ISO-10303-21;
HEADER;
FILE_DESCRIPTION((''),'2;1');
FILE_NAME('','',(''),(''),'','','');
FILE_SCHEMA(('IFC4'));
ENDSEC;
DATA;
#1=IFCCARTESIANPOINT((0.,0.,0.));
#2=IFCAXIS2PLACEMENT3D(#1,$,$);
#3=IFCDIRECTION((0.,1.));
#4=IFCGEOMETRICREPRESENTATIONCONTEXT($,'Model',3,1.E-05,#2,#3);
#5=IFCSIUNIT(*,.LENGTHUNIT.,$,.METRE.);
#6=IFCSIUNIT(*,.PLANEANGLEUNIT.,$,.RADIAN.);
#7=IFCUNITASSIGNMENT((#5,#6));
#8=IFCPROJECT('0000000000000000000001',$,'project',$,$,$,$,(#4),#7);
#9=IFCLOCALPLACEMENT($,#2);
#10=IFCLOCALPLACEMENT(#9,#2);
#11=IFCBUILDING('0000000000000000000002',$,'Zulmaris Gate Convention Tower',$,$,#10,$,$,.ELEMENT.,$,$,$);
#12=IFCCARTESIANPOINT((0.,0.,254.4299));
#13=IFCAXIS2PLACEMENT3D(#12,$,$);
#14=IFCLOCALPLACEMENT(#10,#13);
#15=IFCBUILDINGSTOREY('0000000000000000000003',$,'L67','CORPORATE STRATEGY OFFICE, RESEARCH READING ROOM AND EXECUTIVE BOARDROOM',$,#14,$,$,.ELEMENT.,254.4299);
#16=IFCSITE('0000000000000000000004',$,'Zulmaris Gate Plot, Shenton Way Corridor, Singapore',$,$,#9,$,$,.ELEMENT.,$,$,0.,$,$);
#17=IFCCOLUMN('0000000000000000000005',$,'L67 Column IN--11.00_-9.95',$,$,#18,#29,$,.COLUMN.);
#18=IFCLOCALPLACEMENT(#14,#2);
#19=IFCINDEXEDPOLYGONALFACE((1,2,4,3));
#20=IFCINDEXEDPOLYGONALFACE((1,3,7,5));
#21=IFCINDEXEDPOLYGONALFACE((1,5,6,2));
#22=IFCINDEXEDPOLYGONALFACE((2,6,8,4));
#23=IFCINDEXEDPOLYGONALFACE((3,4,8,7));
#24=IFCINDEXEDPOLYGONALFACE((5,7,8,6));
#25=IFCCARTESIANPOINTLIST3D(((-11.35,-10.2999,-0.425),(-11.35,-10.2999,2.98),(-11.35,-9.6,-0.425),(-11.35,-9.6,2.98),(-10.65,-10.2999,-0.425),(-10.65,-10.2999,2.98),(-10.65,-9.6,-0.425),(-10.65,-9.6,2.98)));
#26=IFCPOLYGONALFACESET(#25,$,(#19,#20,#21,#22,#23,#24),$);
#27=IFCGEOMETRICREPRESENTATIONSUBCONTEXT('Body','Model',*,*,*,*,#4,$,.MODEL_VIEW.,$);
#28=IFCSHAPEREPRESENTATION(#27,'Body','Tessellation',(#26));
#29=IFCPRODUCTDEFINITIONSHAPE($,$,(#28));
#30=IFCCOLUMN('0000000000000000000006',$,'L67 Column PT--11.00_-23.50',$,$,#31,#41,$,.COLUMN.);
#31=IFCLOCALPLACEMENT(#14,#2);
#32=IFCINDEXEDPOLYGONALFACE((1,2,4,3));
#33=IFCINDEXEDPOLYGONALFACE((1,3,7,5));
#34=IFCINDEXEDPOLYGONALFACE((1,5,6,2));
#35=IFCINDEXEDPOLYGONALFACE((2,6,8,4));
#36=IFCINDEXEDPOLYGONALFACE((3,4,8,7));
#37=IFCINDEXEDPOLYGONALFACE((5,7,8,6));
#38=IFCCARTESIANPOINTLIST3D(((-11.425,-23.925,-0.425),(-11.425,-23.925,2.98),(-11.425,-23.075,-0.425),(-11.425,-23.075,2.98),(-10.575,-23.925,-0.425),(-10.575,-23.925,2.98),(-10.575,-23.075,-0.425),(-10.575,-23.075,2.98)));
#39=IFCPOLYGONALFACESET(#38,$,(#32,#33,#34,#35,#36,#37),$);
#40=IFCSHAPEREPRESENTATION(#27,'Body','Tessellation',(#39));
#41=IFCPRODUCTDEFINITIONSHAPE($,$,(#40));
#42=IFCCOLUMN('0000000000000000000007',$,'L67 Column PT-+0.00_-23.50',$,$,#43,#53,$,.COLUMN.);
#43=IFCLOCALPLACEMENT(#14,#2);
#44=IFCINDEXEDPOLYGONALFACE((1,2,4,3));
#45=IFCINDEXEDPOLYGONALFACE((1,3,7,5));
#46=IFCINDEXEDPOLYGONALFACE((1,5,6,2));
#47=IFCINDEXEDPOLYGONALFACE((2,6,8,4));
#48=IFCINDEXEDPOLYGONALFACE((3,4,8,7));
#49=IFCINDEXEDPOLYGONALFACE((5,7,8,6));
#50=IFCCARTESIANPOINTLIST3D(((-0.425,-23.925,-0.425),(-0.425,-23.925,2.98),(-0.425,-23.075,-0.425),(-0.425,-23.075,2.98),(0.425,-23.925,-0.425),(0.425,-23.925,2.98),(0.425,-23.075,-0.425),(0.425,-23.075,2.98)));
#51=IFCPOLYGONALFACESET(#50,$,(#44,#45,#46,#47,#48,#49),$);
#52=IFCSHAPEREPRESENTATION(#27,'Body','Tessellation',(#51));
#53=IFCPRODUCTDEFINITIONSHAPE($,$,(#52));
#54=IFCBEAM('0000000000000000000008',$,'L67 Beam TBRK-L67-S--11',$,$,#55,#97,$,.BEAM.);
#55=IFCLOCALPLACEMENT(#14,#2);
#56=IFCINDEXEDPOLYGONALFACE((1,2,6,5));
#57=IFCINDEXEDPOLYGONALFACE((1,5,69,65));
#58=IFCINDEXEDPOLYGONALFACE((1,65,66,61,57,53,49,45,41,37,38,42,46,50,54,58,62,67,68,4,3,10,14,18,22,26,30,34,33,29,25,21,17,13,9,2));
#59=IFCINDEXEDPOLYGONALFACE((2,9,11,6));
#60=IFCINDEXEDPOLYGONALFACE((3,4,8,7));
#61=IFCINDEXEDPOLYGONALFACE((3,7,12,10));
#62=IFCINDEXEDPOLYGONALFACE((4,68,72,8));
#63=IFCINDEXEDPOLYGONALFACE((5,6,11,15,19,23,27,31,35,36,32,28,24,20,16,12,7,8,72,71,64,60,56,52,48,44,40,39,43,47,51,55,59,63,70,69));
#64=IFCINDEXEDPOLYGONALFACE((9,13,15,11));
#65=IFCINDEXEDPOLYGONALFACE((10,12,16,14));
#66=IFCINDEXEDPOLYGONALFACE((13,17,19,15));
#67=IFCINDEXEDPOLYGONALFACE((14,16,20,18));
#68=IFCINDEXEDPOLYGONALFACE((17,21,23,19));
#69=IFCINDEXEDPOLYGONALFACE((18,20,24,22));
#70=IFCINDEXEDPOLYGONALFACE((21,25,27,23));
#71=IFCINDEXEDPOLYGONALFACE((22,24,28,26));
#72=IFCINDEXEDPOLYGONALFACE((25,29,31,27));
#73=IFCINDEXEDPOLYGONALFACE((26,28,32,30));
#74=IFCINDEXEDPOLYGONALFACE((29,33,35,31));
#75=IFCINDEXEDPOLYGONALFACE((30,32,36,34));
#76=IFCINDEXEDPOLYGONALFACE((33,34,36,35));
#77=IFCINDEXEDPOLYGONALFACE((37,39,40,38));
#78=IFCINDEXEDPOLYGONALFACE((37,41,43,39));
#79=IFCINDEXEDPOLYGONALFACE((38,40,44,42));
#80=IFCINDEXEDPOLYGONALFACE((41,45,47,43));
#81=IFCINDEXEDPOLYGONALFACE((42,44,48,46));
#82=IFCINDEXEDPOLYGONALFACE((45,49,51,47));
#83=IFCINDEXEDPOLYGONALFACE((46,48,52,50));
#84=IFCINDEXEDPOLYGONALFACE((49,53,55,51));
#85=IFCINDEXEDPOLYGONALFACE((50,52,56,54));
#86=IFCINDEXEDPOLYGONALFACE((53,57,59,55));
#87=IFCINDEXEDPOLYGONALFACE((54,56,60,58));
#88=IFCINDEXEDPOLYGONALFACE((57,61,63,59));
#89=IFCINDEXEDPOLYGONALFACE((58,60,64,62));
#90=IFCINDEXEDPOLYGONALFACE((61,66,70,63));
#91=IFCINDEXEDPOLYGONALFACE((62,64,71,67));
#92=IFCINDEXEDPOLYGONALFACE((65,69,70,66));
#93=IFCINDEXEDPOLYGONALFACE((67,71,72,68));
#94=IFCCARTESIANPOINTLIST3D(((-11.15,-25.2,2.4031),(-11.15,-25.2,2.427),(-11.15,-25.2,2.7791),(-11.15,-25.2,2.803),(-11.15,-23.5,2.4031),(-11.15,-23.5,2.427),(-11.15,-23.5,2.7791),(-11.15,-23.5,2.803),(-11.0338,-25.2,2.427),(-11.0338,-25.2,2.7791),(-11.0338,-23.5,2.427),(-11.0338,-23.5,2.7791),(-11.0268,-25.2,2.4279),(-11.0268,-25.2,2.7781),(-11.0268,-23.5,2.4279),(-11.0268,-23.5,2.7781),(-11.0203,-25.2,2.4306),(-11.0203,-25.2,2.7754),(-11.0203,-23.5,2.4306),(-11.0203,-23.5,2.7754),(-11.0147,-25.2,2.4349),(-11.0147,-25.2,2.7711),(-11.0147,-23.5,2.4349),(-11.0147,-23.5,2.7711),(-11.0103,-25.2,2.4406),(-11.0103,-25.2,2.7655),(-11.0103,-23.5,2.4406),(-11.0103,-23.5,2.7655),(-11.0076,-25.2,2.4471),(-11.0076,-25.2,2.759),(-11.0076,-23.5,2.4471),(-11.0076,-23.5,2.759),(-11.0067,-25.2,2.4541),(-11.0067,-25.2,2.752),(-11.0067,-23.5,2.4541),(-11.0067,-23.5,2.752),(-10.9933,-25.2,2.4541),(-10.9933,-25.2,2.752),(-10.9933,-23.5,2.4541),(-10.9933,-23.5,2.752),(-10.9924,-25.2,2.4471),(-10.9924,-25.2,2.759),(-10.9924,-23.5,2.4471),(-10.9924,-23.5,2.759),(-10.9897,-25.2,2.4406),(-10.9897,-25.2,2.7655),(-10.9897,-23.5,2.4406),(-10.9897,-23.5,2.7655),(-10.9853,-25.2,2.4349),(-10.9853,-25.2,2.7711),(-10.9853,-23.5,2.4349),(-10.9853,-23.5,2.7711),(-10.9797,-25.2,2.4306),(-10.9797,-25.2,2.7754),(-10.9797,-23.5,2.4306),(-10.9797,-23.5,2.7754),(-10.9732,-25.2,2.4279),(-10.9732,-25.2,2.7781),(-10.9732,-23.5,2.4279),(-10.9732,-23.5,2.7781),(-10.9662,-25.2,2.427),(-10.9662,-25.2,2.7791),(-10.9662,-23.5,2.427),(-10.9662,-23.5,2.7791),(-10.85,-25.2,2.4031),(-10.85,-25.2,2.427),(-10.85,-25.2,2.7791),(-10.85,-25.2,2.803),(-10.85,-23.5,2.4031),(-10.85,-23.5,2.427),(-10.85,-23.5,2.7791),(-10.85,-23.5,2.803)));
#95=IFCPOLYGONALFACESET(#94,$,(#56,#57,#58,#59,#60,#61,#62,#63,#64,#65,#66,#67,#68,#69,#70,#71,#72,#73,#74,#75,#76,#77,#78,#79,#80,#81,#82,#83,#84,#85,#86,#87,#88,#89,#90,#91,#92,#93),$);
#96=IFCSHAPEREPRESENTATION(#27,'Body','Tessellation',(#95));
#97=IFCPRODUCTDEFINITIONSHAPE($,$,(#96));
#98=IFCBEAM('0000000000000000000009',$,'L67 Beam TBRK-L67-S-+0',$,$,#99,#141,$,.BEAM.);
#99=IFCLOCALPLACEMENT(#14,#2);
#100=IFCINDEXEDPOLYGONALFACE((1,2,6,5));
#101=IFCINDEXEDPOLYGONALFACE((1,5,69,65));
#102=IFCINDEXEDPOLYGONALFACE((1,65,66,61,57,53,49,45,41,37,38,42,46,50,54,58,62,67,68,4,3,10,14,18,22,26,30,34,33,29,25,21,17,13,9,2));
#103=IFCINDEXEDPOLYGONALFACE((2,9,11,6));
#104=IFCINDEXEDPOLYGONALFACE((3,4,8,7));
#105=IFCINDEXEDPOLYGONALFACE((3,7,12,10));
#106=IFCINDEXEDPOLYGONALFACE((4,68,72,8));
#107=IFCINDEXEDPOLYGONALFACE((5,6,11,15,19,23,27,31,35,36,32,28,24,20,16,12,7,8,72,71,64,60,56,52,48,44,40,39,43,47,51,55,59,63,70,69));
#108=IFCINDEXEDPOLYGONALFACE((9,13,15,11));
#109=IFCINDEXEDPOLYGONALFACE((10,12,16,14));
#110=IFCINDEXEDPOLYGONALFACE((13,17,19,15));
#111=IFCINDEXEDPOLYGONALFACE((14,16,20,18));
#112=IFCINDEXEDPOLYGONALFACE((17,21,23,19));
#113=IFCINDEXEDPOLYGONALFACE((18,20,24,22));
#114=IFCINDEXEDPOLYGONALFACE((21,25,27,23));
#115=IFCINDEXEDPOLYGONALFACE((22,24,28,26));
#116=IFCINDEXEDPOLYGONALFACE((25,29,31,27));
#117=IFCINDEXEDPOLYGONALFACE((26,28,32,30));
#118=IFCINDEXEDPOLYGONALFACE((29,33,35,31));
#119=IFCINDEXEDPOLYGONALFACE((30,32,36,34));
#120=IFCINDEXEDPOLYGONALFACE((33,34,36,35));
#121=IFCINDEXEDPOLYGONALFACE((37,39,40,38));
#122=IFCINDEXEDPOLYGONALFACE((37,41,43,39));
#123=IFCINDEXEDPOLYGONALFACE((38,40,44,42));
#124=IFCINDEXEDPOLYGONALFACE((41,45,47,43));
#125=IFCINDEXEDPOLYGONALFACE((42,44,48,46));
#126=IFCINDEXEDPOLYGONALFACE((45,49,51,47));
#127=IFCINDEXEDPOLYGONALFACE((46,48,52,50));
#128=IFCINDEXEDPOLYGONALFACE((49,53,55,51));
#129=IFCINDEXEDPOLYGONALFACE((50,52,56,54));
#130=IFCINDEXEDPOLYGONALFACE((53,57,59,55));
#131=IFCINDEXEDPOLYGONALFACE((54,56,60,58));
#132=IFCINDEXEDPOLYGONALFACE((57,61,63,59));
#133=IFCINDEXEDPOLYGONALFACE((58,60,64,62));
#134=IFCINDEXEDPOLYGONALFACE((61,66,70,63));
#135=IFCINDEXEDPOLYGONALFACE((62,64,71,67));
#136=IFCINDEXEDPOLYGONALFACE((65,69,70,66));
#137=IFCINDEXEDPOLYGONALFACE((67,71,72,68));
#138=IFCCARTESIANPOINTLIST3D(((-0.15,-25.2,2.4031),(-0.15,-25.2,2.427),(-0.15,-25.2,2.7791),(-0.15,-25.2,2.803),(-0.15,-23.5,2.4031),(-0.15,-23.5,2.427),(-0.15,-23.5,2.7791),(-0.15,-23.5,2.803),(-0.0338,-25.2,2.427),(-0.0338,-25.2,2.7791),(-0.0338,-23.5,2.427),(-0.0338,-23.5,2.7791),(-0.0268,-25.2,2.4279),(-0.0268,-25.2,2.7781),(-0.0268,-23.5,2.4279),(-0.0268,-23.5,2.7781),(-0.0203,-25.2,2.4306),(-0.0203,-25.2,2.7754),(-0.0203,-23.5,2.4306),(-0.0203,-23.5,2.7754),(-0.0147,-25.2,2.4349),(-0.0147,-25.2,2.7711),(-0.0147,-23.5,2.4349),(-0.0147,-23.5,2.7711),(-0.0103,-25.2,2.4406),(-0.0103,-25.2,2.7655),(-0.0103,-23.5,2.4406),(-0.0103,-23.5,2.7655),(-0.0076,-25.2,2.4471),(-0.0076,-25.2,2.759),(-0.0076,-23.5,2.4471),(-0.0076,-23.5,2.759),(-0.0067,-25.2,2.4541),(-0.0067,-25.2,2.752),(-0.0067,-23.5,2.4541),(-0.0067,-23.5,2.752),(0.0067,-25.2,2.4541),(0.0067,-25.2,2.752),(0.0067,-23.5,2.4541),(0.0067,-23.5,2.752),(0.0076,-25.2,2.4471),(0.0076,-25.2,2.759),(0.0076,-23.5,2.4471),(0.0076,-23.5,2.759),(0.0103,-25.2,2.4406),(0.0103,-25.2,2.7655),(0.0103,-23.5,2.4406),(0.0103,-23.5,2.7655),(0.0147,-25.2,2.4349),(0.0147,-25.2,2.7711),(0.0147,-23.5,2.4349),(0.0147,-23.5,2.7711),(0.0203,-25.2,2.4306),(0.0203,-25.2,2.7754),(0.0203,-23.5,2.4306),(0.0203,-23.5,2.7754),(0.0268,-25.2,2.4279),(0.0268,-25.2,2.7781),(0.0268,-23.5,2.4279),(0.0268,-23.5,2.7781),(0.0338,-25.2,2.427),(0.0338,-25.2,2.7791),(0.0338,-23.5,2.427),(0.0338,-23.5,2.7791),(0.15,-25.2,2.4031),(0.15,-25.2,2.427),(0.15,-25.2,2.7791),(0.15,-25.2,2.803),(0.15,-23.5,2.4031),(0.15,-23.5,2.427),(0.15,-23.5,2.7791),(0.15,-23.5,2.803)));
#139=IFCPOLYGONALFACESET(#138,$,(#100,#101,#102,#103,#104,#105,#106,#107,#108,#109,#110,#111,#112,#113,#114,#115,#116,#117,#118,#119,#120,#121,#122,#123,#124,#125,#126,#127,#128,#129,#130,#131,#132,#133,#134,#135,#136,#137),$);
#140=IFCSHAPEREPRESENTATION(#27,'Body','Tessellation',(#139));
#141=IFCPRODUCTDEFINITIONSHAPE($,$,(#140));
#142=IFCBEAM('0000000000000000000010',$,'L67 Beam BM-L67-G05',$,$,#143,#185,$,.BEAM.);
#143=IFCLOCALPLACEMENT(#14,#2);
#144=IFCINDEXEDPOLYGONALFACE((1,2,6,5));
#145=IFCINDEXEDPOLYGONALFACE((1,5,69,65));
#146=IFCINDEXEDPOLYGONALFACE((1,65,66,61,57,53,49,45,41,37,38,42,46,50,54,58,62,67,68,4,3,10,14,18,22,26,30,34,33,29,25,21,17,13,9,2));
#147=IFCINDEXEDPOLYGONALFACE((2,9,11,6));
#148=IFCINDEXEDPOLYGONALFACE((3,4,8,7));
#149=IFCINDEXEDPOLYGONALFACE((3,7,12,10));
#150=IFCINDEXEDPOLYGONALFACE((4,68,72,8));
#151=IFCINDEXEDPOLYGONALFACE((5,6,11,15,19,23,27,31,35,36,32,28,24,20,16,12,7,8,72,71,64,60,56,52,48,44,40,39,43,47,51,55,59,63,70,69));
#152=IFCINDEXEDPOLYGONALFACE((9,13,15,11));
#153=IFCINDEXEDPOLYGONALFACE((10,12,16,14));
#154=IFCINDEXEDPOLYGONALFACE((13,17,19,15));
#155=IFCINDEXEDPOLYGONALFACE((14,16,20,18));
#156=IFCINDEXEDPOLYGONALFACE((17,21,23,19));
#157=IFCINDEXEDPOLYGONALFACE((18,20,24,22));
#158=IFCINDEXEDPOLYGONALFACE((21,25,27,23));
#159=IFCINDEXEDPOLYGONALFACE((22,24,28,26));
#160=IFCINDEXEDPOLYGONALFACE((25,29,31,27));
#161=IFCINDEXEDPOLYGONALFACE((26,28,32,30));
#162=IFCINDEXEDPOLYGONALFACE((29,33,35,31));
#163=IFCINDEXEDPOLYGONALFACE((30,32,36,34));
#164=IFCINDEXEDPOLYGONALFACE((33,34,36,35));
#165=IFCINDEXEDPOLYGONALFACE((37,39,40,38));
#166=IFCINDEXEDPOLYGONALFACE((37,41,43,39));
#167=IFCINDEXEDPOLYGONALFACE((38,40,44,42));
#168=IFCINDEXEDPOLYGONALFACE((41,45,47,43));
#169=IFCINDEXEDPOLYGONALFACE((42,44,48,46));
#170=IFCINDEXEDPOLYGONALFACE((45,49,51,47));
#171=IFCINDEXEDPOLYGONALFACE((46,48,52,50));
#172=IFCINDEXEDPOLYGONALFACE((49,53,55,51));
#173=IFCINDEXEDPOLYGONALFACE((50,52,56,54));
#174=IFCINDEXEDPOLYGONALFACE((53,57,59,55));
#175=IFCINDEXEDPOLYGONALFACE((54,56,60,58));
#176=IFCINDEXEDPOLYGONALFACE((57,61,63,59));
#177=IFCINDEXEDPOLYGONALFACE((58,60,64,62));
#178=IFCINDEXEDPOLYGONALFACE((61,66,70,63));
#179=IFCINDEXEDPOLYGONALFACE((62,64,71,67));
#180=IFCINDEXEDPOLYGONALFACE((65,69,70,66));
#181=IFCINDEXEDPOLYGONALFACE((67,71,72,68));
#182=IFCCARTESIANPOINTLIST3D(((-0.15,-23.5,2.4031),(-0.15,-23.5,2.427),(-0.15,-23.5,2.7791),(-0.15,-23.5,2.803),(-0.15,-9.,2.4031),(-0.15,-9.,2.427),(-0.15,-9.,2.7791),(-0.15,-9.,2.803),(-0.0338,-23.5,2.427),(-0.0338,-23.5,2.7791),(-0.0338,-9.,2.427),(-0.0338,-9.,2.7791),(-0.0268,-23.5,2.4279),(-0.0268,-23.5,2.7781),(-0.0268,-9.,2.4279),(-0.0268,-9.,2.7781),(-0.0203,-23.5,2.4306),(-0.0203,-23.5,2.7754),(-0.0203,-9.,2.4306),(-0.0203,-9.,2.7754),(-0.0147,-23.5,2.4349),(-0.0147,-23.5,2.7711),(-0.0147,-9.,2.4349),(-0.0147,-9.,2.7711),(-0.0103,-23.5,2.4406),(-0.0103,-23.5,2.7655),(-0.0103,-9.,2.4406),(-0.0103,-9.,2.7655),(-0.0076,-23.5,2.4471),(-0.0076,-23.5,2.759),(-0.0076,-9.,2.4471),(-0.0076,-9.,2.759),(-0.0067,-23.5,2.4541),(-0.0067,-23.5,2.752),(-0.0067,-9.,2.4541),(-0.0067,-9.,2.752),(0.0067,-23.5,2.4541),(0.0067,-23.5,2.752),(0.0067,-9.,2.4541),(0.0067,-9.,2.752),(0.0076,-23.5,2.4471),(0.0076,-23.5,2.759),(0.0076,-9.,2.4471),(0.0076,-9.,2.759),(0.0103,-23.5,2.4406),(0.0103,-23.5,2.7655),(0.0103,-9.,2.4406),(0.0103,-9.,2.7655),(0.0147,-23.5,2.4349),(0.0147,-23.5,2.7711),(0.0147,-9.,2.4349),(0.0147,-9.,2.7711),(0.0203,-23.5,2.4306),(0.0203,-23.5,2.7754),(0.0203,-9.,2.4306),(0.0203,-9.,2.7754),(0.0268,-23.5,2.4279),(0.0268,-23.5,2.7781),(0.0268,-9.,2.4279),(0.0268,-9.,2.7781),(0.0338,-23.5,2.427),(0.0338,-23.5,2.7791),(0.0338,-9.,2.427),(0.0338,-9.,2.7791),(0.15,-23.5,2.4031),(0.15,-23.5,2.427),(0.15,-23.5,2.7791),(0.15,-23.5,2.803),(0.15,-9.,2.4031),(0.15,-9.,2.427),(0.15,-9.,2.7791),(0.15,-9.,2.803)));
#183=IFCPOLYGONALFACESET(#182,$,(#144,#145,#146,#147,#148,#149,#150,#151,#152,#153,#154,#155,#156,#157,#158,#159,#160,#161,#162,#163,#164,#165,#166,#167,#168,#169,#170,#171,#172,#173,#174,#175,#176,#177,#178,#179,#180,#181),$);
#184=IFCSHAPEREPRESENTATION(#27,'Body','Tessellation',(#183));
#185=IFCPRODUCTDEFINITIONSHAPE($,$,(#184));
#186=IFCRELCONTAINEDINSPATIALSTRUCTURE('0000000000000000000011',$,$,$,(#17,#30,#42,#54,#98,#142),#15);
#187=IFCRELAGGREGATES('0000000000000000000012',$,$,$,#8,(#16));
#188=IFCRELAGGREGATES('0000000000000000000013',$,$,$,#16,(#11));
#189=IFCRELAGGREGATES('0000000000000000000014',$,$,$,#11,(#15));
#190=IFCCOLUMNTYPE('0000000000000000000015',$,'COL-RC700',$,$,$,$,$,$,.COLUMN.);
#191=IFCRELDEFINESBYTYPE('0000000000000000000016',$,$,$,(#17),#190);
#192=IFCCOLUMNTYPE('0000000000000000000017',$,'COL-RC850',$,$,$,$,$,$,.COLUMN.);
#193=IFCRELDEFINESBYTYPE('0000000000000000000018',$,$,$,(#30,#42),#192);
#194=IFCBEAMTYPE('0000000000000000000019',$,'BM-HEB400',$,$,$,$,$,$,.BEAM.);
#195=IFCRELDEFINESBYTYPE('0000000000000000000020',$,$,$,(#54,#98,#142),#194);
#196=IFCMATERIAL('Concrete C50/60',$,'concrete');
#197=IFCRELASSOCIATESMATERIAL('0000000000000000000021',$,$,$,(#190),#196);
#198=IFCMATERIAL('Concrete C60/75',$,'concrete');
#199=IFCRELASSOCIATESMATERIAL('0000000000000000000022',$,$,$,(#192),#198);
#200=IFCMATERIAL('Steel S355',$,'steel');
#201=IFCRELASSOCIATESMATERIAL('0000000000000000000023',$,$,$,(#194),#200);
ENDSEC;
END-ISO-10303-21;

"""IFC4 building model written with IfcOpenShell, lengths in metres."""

from ifc_helpers import new_model, si_unit, direction, frame, origin, origin_2d, place, context, subcontext, project, spatial, rectangle, i_section, extrude, material, material_profile, profile_set, type_object, element, save


model = new_model("IFC4")

# Units and contexts
model_context = context("Model", 3, precision=1e-05, world=origin(), true_north=direction((0.0, 1.0)))
body_context = subcontext(model_context, "Body", "Model", "MODEL_VIEW")
ifc_project = project(units=[si_unit("LENGTHUNIT", "METRE"), si_unit("PLANEANGLEUNIT", "RADIAN")], contexts=[model_context])

# Site, building, storey
site_placement = place(None, origin())
site = spatial("IfcSite", under=ifc_project, at=site_placement, Name="Zulmaris Gate Plot, Shenton Way Corridor, Singapore", CompositionType="ELEMENT", RefElevation=0.0)
building_placement = place(site_placement, origin())
building = spatial("IfcBuilding", under=site, at=building_placement, Name="Zulmaris Gate Convention Tower", CompositionType="ELEMENT")
storey_placement = place(building_placement, frame((0.0, 0.0, 254.4299)))
storey = spatial("IfcBuildingStorey", under=building, at=storey_placement, Name="L67", Description="CORPORATE STRATEGY OFFICE, RESEARCH READING ROOM AND EXECUTIVE BOARDROOM", CompositionType="ELEMENT", Elevation=254.4299)

# Columns
ifc_material_1 = material(Name="Concrete C50/60", Category="concrete")
ifc_material_profile_1 = material_profile(ifc_material_1, rectangle(XDim=0.7, YDim=0.7, at=origin_2d()), Name="RC COL 700x700")
ifc_profile_set_1 = profile_set([ifc_material_profile_1], Name="Concrete C50/60")
column_type_1 = type_object("IfcColumnType", Name="COL-RC700", PredefinedType="COLUMN", material=ifc_profile_set_1)
column_placement = place(storey_placement, frame((-11.0, -9.95, -0.425), z_axis=(0.0, 0.0, 1.0), x_axis=(1.0, 0.0, 0.0)))
element("IfcColumn", 1, at=column_placement, inside=storey, type_object=column_type_1, Name="L67 Column IN--11.00_-9.95", PredefinedType="COLUMN", context=body_context, shape_type="SweptSolid", body=[
    extrude(rectangle(XDim=0.7, YDim=0.7, at=origin_2d()), origin(), (0.0, 0.0, 1.0), 3.405),
])
ifc_material_2 = material(Name="Concrete C60/75", Category="concrete")
ifc_material_profile_2 = material_profile(ifc_material_2, rectangle(XDim=0.8501, YDim=0.8501, at=origin_2d()), Name="RC COL 850x850")
ifc_profile_set_2 = profile_set([ifc_material_profile_2], Name="Concrete C60/75")
column_type_2 = type_object("IfcColumnType", Name="COL-RC850", PredefinedType="COLUMN", material=ifc_profile_set_2)
for number, where, z_axis, x_axis, name in (
    (2, (-11.0, -23.5, -0.425), (0.0, 0.0, 1.0), (1.0, 0.0, 0.0), "L67 Column PT--11.00_-23.50"),
    (3, (0.0, -23.5, -0.425), (0.0, 0.0, 1.0), (1.0, 0.0, 0.0), "L67 Column PT-+0.00_-23.50"),
):
    element("IfcColumn", number, at=place(storey_placement, frame(where, z_axis=z_axis, x_axis=x_axis)), inside=storey, type_object=column_type_2, Name=name, PredefinedType="COLUMN", context=body_context, shape_type="SweptSolid", body=[
        extrude(rectangle(XDim=0.8501, YDim=0.8501, at=origin_2d()), origin(), (0.0, 0.0, 1.0), 3.405),
    ])

# Beams
ifc_material_3 = material(Name="Steel S355", Category="steel")
ifc_material_profile_3 = material_profile(ifc_material_3, i_section(OverallWidth=0.3, OverallDepth=0.3999, WebThickness=0.0134, FlangeThickness=0.0239, FilletRadius=0.0271, at=origin_2d()), Name="HEB 400")
ifc_profile_set_3 = profile_set([ifc_material_profile_3], Name="Steel S355")
beam_type_1 = type_object("IfcBeamType", Name="BM-HEB400", PredefinedType="BEAM", material=ifc_profile_set_3)
for number, where, z_axis, x_axis, name in (
    (4, (-11.0, -25.2, 2.603), (0.0, 1.0, 0.0), (-1.0, 0.0, 0.0), "L67 Beam TBRK-L67-S--11"),
    (5, (0.0, -25.2, 2.603), (0.0, 1.0, 0.0), (-1.0, 0.0, 0.0), "L67 Beam TBRK-L67-S-+0"),
):
    element("IfcBeam", number, at=place(storey_placement, frame(where, z_axis=z_axis, x_axis=x_axis)), inside=storey, type_object=beam_type_1, Name=name, PredefinedType="BEAM", context=body_context, shape_type="SweptSolid", body=[
        extrude(i_section(OverallWidth=0.3, OverallDepth=0.3999, WebThickness=0.0134, FlangeThickness=0.0239, FilletRadius=0.0271, at=origin_2d()), origin(), (0.0, 0.0, 1.0), 1.7),
    ])
beam_1_placement = place(storey_placement, frame((0.0, -23.5, 2.603), z_axis=(0.0, 1.0, 0.0), x_axis=(-1.0, 0.0, 0.0)))
element("IfcBeam", 6, at=beam_1_placement, inside=storey, type_object=beam_type_1, Name="L67 Beam BM-L67-G05", PredefinedType="BEAM", context=body_context, shape_type="SweptSolid", body=[
    extrude(i_section(OverallWidth=0.3, OverallDepth=0.3999, WebThickness=0.0134, FlangeThickness=0.0239, FilletRadius=0.0271, at=origin_2d()), origin(), (0.0, 0.0, 1.0), 14.5),
])

save(model, "model.ifc")
